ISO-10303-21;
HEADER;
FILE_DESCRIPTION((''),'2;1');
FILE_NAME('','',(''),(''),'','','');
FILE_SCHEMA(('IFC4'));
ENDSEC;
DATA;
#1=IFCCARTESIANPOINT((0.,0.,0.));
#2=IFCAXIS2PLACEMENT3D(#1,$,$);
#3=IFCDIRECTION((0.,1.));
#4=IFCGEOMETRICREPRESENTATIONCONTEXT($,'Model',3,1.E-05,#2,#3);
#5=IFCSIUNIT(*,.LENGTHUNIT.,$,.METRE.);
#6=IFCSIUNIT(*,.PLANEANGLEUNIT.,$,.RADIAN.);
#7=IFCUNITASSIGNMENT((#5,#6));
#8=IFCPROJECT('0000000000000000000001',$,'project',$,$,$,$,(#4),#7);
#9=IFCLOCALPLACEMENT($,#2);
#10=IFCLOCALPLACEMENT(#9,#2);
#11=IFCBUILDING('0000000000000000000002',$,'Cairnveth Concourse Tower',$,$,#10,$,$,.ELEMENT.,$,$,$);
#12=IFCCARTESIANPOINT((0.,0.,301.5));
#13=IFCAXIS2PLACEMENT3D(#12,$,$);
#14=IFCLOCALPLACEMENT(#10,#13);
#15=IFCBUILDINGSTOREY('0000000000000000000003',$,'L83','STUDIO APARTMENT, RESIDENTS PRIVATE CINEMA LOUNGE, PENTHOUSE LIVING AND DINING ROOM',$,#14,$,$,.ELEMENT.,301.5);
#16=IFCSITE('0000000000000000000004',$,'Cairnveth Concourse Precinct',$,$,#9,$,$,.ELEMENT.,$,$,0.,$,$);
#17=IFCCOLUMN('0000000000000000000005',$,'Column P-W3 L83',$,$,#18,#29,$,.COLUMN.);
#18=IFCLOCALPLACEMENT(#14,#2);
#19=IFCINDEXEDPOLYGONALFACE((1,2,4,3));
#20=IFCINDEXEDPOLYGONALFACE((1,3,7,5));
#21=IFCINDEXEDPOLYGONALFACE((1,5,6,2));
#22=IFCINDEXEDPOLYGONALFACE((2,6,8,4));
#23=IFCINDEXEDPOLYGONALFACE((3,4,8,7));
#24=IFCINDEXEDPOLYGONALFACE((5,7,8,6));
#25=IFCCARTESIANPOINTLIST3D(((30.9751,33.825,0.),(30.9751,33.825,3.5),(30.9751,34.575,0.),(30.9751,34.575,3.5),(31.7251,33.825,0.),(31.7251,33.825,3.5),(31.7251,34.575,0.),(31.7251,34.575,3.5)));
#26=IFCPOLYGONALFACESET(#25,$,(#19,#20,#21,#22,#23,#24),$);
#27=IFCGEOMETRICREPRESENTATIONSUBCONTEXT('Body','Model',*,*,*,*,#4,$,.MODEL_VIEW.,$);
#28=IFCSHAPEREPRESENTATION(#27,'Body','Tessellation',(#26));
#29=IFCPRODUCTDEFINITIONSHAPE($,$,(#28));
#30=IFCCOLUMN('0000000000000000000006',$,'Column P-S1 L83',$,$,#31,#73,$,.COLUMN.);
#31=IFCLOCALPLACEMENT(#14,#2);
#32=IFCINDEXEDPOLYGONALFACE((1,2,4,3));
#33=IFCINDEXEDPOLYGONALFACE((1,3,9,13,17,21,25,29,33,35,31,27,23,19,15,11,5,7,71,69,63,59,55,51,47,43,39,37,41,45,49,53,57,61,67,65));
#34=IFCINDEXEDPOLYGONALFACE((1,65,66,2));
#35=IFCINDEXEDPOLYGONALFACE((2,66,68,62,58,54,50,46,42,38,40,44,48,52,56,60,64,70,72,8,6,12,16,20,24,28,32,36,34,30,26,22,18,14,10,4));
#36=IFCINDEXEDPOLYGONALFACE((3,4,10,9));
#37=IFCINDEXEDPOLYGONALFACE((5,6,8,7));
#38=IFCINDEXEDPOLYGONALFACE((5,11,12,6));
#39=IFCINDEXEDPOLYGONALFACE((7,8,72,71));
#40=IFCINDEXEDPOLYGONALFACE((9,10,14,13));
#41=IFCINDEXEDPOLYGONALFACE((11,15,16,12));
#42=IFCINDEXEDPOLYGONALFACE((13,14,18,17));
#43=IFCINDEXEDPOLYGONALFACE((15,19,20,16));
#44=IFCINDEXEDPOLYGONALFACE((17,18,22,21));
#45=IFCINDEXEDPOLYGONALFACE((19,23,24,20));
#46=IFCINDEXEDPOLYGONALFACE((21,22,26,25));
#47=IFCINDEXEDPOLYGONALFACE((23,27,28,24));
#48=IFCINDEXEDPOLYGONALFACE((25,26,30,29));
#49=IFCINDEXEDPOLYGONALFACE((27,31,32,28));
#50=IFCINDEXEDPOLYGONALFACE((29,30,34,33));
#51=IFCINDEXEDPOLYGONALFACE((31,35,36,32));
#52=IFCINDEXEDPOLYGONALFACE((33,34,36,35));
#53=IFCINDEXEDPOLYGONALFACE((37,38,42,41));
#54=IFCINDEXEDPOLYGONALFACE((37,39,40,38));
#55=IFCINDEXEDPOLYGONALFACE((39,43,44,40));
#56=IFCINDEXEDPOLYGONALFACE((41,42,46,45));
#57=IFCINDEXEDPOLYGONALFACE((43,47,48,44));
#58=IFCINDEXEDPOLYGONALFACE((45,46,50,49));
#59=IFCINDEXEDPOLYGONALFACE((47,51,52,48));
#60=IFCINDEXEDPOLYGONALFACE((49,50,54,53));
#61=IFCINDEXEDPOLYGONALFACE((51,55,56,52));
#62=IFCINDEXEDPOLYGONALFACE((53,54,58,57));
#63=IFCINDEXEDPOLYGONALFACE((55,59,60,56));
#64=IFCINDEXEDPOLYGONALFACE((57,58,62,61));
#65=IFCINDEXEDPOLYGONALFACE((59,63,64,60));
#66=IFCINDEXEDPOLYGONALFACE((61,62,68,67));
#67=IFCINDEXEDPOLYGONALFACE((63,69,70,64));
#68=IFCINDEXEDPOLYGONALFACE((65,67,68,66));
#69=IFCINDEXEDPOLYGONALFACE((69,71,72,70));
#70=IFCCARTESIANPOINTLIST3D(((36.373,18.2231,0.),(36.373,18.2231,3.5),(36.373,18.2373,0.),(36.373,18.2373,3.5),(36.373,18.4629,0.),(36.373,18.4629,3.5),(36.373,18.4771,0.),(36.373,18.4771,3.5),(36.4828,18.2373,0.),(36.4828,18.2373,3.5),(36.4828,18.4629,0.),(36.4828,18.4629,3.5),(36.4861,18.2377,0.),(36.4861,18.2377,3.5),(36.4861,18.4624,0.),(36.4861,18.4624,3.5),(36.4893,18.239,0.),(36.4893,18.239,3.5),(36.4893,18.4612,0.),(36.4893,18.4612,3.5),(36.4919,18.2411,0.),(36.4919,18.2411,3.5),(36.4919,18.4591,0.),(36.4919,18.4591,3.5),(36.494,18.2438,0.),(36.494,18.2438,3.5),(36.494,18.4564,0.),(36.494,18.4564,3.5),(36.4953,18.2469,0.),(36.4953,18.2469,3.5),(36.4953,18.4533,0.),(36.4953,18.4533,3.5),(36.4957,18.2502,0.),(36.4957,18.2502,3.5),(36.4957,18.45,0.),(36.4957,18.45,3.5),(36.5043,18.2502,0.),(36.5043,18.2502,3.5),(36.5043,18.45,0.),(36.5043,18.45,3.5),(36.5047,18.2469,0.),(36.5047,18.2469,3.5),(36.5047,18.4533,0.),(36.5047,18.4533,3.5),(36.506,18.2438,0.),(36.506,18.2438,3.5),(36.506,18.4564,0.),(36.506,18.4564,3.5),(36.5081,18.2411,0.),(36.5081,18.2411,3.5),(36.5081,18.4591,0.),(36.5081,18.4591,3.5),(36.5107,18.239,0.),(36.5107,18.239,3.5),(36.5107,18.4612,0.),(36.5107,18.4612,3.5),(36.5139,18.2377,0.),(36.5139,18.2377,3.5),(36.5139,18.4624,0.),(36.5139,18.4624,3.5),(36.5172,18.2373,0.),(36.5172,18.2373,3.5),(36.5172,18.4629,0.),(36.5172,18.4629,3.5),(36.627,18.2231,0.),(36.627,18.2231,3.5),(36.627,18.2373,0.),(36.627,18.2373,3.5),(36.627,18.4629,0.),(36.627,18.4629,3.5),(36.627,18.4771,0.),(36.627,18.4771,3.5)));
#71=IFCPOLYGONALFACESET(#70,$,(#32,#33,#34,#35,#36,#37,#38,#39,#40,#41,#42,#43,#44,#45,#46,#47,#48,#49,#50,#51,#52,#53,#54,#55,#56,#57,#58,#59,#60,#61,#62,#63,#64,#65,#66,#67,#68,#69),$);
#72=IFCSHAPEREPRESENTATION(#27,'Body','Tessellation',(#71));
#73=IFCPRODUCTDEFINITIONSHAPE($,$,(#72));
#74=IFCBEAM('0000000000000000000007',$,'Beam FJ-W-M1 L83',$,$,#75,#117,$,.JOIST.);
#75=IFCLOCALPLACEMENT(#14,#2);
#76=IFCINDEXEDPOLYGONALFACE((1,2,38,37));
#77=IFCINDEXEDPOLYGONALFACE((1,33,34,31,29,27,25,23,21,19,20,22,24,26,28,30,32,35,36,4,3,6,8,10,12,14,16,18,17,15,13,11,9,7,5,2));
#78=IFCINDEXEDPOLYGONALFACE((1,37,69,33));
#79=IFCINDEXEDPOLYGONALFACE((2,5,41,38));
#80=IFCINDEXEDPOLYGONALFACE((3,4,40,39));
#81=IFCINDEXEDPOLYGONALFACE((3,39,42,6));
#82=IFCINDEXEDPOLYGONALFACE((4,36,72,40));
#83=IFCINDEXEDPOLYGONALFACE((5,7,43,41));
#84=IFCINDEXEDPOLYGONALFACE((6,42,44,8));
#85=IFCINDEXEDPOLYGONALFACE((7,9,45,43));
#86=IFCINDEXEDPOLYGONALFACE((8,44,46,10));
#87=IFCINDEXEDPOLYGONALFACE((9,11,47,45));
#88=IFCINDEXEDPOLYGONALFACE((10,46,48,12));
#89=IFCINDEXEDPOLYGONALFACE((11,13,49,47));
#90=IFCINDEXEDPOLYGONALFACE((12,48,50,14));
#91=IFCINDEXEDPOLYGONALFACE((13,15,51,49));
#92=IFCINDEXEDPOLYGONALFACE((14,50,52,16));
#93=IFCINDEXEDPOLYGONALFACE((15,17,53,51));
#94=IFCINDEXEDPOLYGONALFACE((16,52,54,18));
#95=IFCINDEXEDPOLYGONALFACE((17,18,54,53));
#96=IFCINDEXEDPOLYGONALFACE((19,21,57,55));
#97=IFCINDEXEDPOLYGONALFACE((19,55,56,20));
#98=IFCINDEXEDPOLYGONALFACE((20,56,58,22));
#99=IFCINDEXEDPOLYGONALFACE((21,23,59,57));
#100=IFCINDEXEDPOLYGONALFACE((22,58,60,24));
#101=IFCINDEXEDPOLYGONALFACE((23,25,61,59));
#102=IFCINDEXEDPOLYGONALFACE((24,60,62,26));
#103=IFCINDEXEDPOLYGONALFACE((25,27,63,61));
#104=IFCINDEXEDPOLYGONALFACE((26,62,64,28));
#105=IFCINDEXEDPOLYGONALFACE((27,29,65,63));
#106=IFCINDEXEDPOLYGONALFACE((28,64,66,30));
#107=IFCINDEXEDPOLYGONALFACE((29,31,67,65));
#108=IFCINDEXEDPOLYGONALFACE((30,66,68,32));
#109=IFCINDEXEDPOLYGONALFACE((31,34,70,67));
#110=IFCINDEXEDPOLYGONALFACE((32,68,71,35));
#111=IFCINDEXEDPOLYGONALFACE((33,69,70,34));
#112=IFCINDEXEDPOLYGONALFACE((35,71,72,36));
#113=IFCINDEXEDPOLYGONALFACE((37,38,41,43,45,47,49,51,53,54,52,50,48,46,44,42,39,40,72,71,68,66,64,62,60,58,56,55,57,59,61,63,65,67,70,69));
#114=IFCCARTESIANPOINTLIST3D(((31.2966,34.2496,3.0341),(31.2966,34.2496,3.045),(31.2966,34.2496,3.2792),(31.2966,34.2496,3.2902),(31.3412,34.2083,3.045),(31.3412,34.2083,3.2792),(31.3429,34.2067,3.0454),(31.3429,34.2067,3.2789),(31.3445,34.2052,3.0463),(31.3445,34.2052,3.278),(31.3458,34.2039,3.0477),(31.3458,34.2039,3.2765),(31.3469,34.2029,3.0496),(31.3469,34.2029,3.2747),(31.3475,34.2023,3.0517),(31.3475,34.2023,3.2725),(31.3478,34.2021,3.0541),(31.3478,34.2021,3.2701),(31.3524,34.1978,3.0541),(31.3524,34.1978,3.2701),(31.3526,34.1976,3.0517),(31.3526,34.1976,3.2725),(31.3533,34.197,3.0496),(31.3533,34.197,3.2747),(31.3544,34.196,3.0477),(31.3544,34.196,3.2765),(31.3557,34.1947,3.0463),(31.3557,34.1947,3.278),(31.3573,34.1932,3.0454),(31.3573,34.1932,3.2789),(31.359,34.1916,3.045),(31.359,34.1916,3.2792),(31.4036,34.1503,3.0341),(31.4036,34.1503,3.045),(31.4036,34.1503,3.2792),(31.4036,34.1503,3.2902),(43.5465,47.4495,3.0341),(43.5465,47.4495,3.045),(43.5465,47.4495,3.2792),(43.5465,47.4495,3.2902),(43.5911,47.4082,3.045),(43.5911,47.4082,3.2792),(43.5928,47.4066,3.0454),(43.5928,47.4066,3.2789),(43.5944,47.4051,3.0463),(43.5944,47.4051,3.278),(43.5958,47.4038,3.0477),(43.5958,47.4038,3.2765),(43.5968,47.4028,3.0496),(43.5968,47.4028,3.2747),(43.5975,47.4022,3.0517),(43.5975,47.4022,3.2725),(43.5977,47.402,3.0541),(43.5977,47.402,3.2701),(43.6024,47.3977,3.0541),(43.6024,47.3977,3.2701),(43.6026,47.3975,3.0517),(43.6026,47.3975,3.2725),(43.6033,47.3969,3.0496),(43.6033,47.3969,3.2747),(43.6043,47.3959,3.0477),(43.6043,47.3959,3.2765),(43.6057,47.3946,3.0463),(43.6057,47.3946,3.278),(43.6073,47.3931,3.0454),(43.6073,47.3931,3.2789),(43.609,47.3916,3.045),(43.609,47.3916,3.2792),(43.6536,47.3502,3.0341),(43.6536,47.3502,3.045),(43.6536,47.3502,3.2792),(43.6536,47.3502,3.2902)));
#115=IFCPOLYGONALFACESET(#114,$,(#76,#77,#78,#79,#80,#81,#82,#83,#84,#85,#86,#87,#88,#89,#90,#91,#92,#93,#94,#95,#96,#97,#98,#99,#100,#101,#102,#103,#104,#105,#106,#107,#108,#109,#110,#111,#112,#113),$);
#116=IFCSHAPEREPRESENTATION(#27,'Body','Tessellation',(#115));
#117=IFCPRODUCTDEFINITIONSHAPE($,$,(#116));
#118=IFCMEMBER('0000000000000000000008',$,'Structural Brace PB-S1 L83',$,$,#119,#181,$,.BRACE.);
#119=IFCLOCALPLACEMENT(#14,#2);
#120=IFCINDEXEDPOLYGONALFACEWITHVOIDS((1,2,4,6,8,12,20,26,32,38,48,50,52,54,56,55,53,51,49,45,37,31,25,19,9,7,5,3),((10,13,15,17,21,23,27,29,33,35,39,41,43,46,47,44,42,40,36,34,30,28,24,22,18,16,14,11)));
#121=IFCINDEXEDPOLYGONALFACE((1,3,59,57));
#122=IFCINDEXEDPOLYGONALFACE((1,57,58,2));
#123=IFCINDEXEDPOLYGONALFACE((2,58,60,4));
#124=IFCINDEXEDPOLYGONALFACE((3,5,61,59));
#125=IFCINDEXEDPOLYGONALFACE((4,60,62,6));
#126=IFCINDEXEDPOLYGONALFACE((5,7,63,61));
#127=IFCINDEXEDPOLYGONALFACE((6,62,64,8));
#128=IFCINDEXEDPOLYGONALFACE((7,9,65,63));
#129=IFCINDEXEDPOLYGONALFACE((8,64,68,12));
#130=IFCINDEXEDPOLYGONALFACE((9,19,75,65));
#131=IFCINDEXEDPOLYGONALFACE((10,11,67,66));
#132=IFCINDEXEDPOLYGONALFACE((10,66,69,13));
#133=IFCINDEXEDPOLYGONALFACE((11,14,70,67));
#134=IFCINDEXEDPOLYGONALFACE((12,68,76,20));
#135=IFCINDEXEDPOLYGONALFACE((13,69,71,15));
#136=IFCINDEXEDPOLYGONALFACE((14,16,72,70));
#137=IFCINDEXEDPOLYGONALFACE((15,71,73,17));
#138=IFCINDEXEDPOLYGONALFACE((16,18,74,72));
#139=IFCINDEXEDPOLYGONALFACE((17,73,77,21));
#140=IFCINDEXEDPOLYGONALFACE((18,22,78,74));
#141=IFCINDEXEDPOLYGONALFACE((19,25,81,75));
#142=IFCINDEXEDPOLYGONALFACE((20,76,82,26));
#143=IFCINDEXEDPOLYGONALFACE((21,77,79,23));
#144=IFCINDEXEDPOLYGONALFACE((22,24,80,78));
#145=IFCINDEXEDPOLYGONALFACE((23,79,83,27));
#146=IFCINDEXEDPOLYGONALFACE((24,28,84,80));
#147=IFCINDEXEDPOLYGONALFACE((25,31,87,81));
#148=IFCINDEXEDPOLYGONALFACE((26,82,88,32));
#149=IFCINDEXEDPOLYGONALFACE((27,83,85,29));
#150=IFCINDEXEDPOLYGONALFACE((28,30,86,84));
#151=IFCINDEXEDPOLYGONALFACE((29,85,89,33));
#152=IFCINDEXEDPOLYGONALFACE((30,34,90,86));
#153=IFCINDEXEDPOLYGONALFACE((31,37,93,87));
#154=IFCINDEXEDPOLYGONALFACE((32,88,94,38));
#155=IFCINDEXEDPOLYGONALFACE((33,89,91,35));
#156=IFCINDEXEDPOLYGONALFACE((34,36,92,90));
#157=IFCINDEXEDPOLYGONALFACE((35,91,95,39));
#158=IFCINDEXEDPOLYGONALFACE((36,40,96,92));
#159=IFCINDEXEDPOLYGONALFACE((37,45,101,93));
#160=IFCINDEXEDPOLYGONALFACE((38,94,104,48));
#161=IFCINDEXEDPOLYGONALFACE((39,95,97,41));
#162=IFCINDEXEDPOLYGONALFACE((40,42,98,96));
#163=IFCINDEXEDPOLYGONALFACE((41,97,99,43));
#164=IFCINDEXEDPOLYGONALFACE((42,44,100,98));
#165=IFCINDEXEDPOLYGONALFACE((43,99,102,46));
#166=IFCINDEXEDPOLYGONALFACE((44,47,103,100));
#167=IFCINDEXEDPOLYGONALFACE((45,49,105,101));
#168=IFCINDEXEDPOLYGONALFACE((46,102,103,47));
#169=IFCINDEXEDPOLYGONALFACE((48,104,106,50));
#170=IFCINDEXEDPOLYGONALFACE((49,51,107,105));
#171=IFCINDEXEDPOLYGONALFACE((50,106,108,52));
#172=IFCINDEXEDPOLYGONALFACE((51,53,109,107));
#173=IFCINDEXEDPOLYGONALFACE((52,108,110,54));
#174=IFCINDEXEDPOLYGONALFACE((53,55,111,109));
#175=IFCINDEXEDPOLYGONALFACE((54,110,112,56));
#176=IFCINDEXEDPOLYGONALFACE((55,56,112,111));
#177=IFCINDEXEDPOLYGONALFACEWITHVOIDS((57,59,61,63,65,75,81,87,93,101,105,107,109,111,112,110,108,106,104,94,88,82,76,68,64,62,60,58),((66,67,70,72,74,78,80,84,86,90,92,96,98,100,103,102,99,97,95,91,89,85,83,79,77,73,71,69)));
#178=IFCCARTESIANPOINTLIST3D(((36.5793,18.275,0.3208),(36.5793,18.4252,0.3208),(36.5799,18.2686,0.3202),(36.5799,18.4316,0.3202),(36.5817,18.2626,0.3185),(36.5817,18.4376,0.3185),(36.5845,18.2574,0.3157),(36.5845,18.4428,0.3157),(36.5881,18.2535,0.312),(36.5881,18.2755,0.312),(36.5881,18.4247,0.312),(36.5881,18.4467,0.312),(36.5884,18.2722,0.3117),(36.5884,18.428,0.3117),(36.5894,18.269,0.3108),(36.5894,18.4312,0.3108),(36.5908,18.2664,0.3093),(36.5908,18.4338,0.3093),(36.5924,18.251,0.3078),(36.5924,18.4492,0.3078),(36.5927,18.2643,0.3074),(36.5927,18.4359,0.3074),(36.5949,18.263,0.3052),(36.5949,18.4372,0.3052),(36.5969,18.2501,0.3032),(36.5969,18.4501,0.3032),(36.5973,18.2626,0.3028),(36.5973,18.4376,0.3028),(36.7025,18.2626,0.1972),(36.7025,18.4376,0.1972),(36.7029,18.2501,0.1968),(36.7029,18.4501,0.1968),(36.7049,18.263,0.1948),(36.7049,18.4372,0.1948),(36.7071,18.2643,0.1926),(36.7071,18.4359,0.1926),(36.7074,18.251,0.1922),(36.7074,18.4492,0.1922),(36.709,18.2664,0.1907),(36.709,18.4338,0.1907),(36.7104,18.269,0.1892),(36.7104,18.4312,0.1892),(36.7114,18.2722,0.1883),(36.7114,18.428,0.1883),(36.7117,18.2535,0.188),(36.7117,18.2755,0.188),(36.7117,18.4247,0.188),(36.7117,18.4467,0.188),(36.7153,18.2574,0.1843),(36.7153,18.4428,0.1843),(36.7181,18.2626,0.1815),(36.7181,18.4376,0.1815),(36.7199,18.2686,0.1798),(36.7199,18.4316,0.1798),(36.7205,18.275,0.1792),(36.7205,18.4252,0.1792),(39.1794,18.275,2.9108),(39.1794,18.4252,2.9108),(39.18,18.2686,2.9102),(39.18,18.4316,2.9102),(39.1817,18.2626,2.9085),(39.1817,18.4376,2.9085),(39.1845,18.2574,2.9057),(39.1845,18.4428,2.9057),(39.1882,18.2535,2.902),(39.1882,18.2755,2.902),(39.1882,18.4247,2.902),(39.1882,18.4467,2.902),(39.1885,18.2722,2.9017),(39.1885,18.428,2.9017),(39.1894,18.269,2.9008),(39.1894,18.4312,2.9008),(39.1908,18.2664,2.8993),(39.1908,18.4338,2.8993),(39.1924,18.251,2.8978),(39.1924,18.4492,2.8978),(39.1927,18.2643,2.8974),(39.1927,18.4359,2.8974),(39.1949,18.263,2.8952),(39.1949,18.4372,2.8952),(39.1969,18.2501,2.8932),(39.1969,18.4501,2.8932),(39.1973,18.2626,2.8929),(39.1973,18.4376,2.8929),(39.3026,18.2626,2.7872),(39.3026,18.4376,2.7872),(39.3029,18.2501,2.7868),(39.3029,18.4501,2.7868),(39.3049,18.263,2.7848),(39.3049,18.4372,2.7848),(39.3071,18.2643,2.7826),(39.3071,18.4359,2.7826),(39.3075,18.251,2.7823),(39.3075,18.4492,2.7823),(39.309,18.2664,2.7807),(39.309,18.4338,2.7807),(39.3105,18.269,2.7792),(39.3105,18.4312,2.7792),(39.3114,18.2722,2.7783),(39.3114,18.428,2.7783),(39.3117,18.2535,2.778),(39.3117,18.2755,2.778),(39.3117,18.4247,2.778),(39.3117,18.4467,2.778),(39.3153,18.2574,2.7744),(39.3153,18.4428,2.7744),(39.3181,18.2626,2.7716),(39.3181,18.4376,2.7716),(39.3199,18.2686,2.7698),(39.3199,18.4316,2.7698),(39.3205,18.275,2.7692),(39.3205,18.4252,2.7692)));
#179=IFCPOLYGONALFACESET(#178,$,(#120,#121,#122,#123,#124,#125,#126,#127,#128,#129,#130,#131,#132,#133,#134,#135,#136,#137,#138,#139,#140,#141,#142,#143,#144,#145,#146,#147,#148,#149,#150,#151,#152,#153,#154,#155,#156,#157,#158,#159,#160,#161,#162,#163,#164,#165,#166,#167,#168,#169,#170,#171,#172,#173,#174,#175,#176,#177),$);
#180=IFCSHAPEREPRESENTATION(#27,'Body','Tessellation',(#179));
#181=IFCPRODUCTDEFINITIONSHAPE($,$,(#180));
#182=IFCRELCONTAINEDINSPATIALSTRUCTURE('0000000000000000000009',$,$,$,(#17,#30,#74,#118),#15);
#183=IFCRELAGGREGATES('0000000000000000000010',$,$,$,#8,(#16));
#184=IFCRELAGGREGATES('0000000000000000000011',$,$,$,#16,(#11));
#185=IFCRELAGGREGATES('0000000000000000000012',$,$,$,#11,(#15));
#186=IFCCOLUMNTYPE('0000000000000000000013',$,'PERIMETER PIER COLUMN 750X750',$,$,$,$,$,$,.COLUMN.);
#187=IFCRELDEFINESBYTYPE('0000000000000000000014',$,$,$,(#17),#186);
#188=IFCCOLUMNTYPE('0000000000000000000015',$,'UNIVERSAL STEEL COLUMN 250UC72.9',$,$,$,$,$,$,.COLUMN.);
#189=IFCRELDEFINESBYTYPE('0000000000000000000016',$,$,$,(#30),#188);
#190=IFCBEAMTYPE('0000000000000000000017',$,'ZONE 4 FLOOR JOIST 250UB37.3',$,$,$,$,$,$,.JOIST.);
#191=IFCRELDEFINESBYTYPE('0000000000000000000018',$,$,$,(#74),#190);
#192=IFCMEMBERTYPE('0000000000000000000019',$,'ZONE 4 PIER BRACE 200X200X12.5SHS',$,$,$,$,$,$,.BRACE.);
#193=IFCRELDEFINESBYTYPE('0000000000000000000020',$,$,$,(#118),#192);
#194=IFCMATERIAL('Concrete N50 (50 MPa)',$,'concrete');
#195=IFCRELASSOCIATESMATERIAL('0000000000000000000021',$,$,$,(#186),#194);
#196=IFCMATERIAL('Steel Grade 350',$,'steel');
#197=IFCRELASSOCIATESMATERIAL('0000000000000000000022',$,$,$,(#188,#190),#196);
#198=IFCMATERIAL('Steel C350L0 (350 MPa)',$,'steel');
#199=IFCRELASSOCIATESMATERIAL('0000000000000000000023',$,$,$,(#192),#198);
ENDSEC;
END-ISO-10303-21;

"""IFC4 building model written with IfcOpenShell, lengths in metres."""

from ifc_helpers import new_model, si_unit, direction, frame, origin, origin_2d, place, context, subcontext, project, spatial, rectangle, hollow_rectangle, i_section, extrude, material, material_profile, profile_set, type_object, element, save


model = new_model("IFC4")

# Units and contexts
model_context = context("Model", 3, precision=1e-05, world=origin(), true_north=direction((0.0, 1.0)))
body_context = subcontext(model_context, "Body", "Model", "MODEL_VIEW")
ifc_project = project(units=[si_unit("LENGTHUNIT", "METRE"), si_unit("PLANEANGLEUNIT", "RADIAN")], contexts=[model_context])

# Site, building, storey
site_placement = place(None, origin())
site = spatial("IfcSite", under=ifc_project, at=site_placement, Name="Cairnveth Concourse Precinct", CompositionType="ELEMENT", RefElevation=0.0)
building_placement = place(site_placement, origin())
building = spatial("IfcBuilding", under=site, at=building_placement, Name="Cairnveth Concourse Tower", CompositionType="ELEMENT")
storey_placement = place(building_placement, frame((0.0, 0.0, 301.5)))
storey = spatial("IfcBuildingStorey", under=building, at=storey_placement, Name="L83", Description="STUDIO APARTMENT, RESIDENTS PRIVATE CINEMA LOUNGE, PENTHOUSE LIVING AND DINING ROOM", CompositionType="ELEMENT", Elevation=301.5)

# Columns
ifc_material_1 = material(Name="Concrete N50 (50 MPa)", Category="concrete")
ifc_material_profile_1 = material_profile(ifc_material_1, rectangle(XDim=0.75, YDim=0.75, at=origin_2d()), Name="RC-COL-750x750")
ifc_profile_set_1 = profile_set([ifc_material_profile_1], Name="Concrete N50 (50 MPa)")
column_type_1 = type_object("IfcColumnType", Name="PERIMETER PIER COLUMN 750X750", PredefinedType="COLUMN", material=ifc_profile_set_1)
column_1_placement = place(storey_placement, frame((31.3501, 34.2, 0.0), z_axis=(0.0, 0.0, 1.0), x_axis=(0.0, 1.0, 0.0)))
element("IfcColumn", 1, at=column_1_placement, inside=storey, type_object=column_type_1, Name="Column P-W3 L83", PredefinedType="COLUMN", context=body_context, shape_type="SweptSolid", body=[
    extrude(rectangle(XDim=0.75, YDim=0.75, at=origin_2d()), origin(), (0.0, 0.0, 1.0), 3.5),
])
ifc_material_2 = material(Name="Steel Grade 350", Category="steel")
ifc_material_profile_2 = material_profile(ifc_material_2, i_section(OverallWidth=0.2539, OverallDepth=0.2539, WebThickness=0.0085, FlangeThickness=0.0142, FilletRadius=0.0129, at=origin_2d()), Name="250UC72.9")
ifc_profile_set_2 = profile_set([ifc_material_profile_2], Name="Steel Grade 350")
column_type_2 = type_object("IfcColumnType", Name="UNIVERSAL STEEL COLUMN 250UC72.9", PredefinedType="COLUMN", material=ifc_profile_set_2)
column_2_placement = place(storey_placement, frame((36.5, 18.3501, 0.0), z_axis=(0.0, 0.0, 1.0), x_axis=(1.0, 0.0, 0.0)))
element("IfcColumn", 2, at=column_2_placement, inside=storey, type_object=column_type_2, Name="Column P-S1 L83", PredefinedType="COLUMN", context=body_context, shape_type="SweptSolid", body=[
    extrude(i_section(OverallWidth=0.2539, OverallDepth=0.2539, WebThickness=0.0085, FlangeThickness=0.0142, FilletRadius=0.0129, at=origin_2d()), origin(), (0.0, 0.0, 1.0), 3.5),
])

# Beam
ifc_material_profile_3 = material_profile(ifc_material_2, i_section(OverallWidth=0.146, OverallDepth=0.2561, WebThickness=0.0063, FlangeThickness=0.011, FilletRadius=0.009, at=origin_2d()), Name="250UB37.3")
ifc_profile_set_3 = profile_set([ifc_material_profile_3], Name="Steel Grade 350")
beam_type_1 = type_object("IfcBeamType", Name="ZONE 4 FLOOR JOIST 250UB37.3", PredefinedType="JOIST", material=ifc_profile_set_3)
beam_1_placement = place(storey_placement, frame((31.3501, 34.2, 3.1621), z_axis=(0.680239, 0.73299, 0.0), x_axis=(-0.73299, 0.680239, 0.0)))
element("IfcBeam", 3, at=beam_1_placement, inside=storey, type_object=beam_type_1, Name="Beam FJ-W-M1 L83", PredefinedType="JOIST", context=body_context, shape_type="SweptSolid", body=[
    extrude(i_section(OverallWidth=0.146, OverallDepth=0.2561, WebThickness=0.0063, FlangeThickness=0.011, FilletRadius=0.009, at=origin_2d()), origin(), (0.0, 0.0, 1.0), 18.0083),
])

# Member
ifc_material_3 = material(Name="Steel C350L0 (350 MPa)", Category="steel")
ifc_material_profile_4 = material_profile(ifc_material_3, hollow_rectangle(XDim=0.2, YDim=0.2, WallThickness=0.0125, InnerFilletRadius=0.0129, OuterFilletRadius=0.0249, at=origin_2d()), Name="200x200x12.5SHS")
ifc_profile_set_4 = profile_set([ifc_material_profile_4], Name="Steel C350L0 (350 MPa)")
member_type = type_object("IfcMemberType", Name="ZONE 4 PIER BRACE 200X200X12.5SHS", PredefinedType="BRACE", material=ifc_profile_set_4)
member_placement = place(storey_placement, frame((36.6499, 18.3501, 0.25), z_axis=(0.708469, 0.0, 0.705742), x_axis=(0.0, 1.0, 0.0)))
element("IfcMember", 4, at=member_placement, inside=storey, type_object=member_type, Name="Structural Brace PB-S1 L83", PredefinedType="BRACE", context=body_context, shape_type="SweptSolid", body=[
    extrude(hollow_rectangle(XDim=0.2, YDim=0.2, WallThickness=0.0125, InnerFilletRadius=0.0129, OuterFilletRadius=0.0249, at=origin_2d()), origin(), (0.0, 0.0, 1.0), 3.6699),
])

save(model, "model.ifc")
